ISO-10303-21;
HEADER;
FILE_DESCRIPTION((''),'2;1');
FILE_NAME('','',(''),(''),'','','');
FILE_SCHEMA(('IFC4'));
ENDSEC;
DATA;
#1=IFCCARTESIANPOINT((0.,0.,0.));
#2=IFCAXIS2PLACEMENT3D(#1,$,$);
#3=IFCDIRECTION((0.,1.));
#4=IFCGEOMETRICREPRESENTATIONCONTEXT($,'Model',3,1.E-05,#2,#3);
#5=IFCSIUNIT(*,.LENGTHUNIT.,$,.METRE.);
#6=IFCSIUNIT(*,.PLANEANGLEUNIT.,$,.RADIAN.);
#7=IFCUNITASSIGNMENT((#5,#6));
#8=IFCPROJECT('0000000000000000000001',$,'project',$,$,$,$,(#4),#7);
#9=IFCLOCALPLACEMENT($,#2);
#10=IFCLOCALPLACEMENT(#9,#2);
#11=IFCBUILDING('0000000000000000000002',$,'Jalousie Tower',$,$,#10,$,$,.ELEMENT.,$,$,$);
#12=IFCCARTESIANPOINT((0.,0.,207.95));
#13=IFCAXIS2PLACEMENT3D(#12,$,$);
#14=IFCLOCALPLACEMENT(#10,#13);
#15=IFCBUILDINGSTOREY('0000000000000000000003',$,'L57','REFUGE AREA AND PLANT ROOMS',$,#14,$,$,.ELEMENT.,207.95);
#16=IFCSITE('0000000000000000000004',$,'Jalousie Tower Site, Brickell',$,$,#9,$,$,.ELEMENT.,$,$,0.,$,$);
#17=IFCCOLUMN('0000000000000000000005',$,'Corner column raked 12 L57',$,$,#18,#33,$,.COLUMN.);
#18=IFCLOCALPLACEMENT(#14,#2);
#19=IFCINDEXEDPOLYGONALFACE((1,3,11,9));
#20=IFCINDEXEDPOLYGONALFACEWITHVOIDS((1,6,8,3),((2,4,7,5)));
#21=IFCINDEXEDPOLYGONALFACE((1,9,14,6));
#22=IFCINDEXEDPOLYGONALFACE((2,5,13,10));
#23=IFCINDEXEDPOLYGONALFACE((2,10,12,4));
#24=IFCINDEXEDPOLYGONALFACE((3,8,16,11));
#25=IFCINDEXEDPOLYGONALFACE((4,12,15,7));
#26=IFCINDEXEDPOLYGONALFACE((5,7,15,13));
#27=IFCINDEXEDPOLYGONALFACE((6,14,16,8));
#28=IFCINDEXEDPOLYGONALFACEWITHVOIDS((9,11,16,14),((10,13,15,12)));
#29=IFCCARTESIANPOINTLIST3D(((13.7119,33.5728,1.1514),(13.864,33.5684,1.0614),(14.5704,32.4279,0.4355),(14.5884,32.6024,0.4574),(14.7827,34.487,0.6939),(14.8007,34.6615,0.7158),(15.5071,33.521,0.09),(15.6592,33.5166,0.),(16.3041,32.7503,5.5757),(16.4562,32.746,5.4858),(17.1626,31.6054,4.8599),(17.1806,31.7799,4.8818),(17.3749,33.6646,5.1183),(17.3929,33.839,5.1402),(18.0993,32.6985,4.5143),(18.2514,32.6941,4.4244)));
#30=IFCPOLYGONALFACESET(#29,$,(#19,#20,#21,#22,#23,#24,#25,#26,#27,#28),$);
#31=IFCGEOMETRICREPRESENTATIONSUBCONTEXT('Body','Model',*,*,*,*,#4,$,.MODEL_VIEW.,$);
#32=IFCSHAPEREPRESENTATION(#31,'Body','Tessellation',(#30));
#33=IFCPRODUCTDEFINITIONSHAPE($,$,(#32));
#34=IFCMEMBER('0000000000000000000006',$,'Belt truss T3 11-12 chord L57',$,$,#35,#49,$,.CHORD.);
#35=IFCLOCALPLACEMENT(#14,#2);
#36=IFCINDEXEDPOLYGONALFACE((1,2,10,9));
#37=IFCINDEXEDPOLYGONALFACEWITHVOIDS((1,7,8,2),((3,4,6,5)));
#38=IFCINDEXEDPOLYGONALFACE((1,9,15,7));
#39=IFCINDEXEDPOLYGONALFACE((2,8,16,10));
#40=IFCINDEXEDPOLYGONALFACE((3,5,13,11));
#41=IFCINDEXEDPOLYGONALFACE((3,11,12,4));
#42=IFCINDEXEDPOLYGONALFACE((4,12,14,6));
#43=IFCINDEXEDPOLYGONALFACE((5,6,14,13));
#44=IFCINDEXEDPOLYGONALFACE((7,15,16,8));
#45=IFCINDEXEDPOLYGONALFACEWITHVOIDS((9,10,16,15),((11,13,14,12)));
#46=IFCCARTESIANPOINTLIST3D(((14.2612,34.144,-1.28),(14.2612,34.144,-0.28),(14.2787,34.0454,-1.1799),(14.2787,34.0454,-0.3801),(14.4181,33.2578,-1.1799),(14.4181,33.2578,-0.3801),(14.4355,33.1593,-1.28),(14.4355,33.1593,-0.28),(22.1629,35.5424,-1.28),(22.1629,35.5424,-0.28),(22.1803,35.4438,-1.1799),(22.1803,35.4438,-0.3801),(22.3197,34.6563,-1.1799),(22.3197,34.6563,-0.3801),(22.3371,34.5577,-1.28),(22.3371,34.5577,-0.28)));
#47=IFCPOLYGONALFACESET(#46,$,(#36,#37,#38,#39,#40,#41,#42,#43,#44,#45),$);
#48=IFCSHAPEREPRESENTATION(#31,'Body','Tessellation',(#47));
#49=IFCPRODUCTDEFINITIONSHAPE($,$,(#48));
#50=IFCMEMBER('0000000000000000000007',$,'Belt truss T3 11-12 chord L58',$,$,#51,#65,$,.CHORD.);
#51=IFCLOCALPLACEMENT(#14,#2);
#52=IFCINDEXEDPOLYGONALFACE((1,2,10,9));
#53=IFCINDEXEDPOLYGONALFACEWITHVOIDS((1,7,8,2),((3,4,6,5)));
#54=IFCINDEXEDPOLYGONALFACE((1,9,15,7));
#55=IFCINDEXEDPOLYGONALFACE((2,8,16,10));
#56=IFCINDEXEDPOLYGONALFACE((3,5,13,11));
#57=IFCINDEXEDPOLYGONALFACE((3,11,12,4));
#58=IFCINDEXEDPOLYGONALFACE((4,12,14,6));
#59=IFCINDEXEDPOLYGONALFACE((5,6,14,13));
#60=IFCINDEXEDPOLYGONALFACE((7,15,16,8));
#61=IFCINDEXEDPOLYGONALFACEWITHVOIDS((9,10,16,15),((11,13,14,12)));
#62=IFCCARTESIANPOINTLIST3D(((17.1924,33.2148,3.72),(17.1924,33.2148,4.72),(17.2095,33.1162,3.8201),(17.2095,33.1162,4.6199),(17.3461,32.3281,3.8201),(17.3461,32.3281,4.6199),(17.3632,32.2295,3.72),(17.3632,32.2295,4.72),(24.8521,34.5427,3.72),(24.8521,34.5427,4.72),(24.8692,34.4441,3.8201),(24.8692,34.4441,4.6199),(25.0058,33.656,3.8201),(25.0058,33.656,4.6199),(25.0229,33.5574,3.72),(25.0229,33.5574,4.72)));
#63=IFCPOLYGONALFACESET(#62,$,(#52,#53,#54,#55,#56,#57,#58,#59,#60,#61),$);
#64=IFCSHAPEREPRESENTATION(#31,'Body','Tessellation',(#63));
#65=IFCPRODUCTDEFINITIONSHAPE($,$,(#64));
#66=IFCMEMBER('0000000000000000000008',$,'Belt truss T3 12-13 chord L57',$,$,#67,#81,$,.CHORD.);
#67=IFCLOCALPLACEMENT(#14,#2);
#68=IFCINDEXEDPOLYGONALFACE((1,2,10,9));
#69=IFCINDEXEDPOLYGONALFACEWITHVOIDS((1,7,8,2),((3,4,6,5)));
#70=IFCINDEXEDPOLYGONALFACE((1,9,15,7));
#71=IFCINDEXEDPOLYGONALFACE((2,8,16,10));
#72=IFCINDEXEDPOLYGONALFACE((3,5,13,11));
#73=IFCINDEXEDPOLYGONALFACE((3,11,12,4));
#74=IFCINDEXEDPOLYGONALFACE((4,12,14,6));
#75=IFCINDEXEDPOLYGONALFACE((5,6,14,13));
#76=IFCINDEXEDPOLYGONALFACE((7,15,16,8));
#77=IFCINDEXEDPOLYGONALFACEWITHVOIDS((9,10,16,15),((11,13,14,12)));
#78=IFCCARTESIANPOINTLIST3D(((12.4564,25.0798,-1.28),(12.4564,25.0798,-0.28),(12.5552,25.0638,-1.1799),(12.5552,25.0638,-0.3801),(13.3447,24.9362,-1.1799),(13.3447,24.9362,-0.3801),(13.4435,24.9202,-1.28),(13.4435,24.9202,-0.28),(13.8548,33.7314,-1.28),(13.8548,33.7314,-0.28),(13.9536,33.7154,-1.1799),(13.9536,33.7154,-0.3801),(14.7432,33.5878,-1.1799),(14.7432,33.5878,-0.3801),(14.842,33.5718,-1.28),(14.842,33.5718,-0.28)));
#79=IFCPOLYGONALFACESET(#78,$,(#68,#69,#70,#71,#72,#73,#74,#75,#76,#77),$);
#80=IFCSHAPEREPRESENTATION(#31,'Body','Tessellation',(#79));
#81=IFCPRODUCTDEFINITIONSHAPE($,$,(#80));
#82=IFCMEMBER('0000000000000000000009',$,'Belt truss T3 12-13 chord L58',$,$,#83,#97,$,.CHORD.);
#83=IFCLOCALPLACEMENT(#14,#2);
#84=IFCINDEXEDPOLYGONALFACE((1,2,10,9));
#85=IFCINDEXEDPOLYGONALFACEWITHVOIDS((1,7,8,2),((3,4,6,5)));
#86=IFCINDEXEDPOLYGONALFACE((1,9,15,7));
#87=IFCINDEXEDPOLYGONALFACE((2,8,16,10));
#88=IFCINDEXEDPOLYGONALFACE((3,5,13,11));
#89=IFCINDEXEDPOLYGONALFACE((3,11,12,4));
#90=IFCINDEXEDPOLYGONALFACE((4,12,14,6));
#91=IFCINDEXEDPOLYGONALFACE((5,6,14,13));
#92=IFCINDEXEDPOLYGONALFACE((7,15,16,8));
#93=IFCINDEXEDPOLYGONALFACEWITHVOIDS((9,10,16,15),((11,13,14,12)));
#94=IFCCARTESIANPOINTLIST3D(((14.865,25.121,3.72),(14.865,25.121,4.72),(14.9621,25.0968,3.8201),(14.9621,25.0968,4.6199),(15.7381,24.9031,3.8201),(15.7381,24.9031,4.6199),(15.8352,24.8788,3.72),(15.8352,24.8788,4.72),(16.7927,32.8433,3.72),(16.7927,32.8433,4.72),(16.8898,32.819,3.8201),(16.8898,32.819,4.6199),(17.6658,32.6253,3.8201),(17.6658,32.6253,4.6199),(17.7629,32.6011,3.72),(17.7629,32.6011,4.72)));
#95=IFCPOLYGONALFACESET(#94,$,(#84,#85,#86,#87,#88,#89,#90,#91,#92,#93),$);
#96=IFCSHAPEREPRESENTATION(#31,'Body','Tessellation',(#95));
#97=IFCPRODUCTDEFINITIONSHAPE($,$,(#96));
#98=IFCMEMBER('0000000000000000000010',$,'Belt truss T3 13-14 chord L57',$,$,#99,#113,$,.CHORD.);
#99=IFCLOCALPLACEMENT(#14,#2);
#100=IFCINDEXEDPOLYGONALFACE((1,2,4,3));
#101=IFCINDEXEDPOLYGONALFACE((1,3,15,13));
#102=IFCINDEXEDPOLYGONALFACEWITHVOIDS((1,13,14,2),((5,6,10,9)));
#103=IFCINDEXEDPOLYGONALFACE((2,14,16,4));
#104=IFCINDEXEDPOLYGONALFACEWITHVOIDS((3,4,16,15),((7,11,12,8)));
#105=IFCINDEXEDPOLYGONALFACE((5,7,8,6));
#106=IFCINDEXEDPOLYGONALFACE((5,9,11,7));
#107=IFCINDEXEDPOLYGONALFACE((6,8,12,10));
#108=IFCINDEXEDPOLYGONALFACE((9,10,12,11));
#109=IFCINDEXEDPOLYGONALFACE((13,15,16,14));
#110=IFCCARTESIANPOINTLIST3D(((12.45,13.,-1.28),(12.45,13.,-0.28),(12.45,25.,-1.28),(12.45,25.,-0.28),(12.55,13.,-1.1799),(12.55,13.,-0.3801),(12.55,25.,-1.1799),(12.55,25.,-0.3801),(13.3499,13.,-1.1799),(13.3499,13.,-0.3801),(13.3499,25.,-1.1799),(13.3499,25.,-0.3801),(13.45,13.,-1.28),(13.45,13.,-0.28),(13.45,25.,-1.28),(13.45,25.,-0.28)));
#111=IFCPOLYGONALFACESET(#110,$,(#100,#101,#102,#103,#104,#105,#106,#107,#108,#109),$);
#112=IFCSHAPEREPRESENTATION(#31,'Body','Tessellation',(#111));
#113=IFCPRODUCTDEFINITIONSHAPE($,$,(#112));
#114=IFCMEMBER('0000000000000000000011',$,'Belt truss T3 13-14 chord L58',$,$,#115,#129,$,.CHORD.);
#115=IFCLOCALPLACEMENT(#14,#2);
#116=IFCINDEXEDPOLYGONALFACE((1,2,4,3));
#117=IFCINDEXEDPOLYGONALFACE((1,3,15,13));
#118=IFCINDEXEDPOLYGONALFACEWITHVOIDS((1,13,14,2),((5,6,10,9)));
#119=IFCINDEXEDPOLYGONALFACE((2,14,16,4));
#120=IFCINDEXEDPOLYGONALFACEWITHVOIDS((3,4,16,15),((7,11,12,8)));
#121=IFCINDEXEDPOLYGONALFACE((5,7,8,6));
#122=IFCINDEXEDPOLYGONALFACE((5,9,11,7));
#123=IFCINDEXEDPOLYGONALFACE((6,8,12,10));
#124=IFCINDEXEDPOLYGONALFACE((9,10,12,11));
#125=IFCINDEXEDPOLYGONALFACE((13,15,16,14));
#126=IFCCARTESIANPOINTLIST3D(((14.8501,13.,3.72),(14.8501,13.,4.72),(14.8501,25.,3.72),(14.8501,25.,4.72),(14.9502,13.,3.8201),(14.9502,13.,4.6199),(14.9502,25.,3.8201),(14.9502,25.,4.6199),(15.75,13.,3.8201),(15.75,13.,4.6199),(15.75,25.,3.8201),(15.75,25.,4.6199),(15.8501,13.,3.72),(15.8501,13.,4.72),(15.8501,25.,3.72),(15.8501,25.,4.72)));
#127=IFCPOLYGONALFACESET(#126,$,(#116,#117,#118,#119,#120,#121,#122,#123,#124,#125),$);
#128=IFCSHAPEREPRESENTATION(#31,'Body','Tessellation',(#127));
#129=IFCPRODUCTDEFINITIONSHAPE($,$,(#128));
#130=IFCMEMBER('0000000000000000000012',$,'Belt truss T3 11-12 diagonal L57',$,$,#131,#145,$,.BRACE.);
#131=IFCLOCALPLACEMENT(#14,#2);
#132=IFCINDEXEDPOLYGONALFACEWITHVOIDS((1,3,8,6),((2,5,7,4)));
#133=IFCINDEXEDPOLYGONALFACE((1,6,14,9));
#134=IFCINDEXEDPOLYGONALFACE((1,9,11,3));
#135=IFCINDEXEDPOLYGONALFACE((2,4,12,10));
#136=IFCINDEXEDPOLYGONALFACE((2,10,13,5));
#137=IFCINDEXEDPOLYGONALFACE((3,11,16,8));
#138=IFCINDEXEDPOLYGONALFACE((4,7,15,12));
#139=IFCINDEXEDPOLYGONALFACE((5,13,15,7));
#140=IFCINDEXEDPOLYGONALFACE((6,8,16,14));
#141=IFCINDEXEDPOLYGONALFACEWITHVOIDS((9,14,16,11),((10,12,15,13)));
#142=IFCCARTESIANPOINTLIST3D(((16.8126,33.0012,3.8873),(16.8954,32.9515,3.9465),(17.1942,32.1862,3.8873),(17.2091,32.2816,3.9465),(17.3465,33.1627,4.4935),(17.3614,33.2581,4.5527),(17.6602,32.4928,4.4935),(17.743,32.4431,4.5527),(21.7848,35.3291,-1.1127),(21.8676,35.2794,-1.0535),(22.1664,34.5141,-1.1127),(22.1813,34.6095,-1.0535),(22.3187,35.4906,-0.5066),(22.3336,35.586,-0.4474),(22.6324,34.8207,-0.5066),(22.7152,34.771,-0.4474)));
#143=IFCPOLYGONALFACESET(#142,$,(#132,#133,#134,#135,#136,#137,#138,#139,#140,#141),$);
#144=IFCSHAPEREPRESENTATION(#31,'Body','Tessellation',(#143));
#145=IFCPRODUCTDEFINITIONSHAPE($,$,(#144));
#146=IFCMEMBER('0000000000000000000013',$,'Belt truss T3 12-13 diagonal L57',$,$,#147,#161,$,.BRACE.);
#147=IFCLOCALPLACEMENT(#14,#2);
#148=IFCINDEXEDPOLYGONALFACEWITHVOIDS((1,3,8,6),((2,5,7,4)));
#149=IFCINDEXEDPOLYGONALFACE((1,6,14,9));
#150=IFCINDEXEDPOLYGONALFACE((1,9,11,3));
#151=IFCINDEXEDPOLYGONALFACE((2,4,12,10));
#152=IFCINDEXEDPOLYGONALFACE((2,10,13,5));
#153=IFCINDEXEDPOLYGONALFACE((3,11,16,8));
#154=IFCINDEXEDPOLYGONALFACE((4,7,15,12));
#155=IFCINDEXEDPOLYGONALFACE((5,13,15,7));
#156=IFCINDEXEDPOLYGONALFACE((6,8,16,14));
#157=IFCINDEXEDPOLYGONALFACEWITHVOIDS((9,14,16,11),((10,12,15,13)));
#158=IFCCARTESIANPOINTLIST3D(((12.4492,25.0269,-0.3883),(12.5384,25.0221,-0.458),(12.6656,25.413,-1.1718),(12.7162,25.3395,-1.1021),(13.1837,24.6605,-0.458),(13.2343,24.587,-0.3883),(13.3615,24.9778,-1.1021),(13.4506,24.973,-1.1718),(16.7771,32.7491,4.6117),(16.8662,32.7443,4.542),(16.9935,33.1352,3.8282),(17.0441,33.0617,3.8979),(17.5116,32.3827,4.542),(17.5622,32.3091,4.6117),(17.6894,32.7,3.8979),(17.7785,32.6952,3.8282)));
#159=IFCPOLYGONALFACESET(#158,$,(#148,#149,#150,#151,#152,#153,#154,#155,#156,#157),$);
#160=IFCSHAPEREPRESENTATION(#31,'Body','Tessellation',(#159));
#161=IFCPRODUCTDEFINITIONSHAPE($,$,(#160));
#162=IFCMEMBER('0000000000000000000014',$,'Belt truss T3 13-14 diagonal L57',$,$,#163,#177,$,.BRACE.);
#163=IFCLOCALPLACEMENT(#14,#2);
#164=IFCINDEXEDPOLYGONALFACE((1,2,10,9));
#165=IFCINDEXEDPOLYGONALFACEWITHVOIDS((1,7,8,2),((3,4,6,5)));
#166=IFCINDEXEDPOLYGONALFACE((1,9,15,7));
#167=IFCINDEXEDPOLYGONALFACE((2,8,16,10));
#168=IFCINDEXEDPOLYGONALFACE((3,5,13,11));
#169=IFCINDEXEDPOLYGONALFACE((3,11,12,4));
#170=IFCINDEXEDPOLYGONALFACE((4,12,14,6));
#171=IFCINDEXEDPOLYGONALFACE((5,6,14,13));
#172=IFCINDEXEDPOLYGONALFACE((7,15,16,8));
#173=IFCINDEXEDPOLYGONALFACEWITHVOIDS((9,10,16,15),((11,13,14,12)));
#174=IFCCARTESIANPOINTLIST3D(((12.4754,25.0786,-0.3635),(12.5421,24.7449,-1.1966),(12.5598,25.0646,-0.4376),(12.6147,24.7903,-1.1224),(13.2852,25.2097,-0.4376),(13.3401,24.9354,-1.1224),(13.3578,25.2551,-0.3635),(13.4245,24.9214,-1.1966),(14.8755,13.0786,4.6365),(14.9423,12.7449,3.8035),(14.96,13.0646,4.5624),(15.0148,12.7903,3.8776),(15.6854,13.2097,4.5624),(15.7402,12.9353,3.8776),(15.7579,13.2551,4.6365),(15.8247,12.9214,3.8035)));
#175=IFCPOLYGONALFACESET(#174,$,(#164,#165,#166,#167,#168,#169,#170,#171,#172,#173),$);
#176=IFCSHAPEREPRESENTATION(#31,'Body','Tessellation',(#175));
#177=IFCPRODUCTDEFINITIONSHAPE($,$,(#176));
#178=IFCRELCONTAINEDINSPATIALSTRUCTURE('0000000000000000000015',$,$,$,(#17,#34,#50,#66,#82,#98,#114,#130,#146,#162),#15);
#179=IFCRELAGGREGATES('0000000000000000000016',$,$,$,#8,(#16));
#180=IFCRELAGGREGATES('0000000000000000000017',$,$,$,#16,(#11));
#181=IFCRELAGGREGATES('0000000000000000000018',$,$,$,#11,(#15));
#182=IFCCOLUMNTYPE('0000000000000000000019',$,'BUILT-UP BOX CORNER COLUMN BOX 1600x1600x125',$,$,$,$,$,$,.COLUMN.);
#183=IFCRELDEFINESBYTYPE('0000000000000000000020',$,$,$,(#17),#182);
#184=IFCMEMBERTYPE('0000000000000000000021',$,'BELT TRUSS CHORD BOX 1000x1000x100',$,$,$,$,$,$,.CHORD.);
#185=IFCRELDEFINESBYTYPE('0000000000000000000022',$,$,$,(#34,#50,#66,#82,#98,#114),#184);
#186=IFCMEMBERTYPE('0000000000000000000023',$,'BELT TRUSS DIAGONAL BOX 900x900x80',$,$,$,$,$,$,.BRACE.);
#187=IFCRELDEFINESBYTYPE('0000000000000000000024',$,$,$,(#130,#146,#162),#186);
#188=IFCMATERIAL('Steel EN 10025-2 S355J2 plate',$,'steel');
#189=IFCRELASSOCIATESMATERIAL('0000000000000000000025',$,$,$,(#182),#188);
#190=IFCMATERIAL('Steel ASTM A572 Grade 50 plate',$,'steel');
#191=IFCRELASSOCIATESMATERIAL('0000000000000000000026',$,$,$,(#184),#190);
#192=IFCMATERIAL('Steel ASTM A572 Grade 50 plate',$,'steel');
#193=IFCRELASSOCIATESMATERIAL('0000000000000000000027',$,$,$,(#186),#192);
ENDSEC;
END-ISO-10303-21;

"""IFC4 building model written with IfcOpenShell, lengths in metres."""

from ifc_helpers import new_model, si_unit, direction, frame, origin, origin_2d, place, context, subcontext, project, spatial, hollow_rectangle, extrude, material, material_profile, profile_set, type_object, element, save


model = new_model("IFC4")

# Units and contexts
model_context = context("Model", 3, precision=1e-05, world=origin(), true_north=direction((0.0, 1.0)))
body_context = subcontext(model_context, "Body", "Model", "MODEL_VIEW")
ifc_project = project(units=[si_unit("LENGTHUNIT", "METRE"), si_unit("PLANEANGLEUNIT", "RADIAN")], contexts=[model_context])

# Site, building, storey
site_placement = place(None, origin())
site = spatial("IfcSite", under=ifc_project, at=site_placement, Name="Jalousie Tower Site, Brickell", CompositionType="ELEMENT", RefElevation=0.0)
building_placement = place(site_placement, origin())
building = spatial("IfcBuilding", under=site, at=building_placement, Name="Jalousie Tower", CompositionType="ELEMENT")
storey_placement = place(building_placement, frame((0.0, 0.0, 207.95)))
storey = spatial("IfcBuildingStorey", under=building, at=storey_placement, Name="L57", Description="REFUGE AREA AND PLANT ROOMS", CompositionType="ELEMENT", Elevation=207.95)

# Column
ifc_material_1 = material(Name="Steel EN 10025-2 S355J2 plate", Category="steel")
ifc_material_profile_1 = material_profile(ifc_material_1, hollow_rectangle(XDim=1.6001, YDim=1.6001, WallThickness=0.125, at=origin_2d()), Name="BOX 1600x1600x125")
ifc_profile_set_1 = profile_set([ifc_material_profile_1], Name="Steel EN 10025-2 S355J2 plate")
column_type = type_object("IfcColumnType", Name="BUILT-UP BOX CORNER COLUMN BOX 1600x1600x125", PredefinedType="COLUMN", material=ifc_profile_set_1)
column_placement = place(storey_placement, frame((14.6855, 33.5447, 0.5757), z_axis=(0.499136, -0.158364, 0.85193), x_axis=(0.536544, -0.715532, -0.447364)))
element("IfcColumn", 1, at=column_placement, inside=storey, type_object=column_type, Name="Corner column raked 12 L57", PredefinedType="COLUMN", context=body_context, shape_type="SweptSolid", body=[
    extrude(hollow_rectangle(XDim=1.6001, YDim=1.6001, WallThickness=0.125, at=origin_2d()), origin(), (0.0, 0.0, 1.0), 5.1934),
])

# Members
ifc_material_2 = material(Name="Steel ASTM A572 Grade 50 plate", Category="steel")
ifc_material_profile_2 = material_profile(ifc_material_2, hollow_rectangle(XDim=1.0, YDim=1.0, WallThickness=0.1001, at=origin_2d()), Name="BOX 1000x1000x100")
ifc_profile_set_2 = profile_set([ifc_material_profile_2], Name="Steel ASTM A572 Grade 50 plate")
member_type_1 = type_object("IfcMemberType", Name="BELT TRUSS CHORD BOX 1000x1000x100", PredefinedType="CHORD", material=ifc_profile_set_2)
member_1_placement = place(storey_placement, frame((22.25, 35.05, -0.78), z_axis=(-0.984697, -0.174273, 0.0), x_axis=(0.174273, -0.984697, 0.0)))
element("IfcMember", 2, at=member_1_placement, inside=storey, type_object=member_type_1, Name="Belt truss T3 11-12 chord L57", PredefinedType="CHORD", context=body_context, shape_type="SweptSolid", body=[
    extrude(hollow_rectangle(XDim=1.0, YDim=1.0, WallThickness=0.1001, at=origin_2d()), origin(), (0.0, 0.0, 1.0), 8.0244),
])
member_2_placement = place(storey_placement, frame((24.9375, 34.05, 4.22), z_axis=(-0.985304, -0.170812, 0.0), x_axis=(0.170812, -0.985304, 0.0)))
element("IfcMember", 3, at=member_2_placement, inside=storey, type_object=member_type_1, Name="Belt truss T3 11-12 chord L58", PredefinedType="CHORD", context=body_context, shape_type="SweptSolid", body=[
    extrude(hollow_rectangle(XDim=1.0, YDim=1.0, WallThickness=0.1001, at=origin_2d()), origin(), (0.0, 0.0, 1.0), 7.7739),
])
member_3_placement = place(storey_placement, frame((14.3484, 33.6516, -0.78), z_axis=(-0.159568, -0.987187, 0.0), x_axis=(0.987187, -0.159568, 0.0)))
element("IfcMember", 4, at=member_3_placement, inside=storey, type_object=member_type_1, Name="Belt truss T3 12-13 chord L57", PredefinedType="CHORD", context=body_context, shape_type="SweptSolid", body=[
    extrude(hollow_rectangle(XDim=1.0, YDim=1.0, WallThickness=0.1001, at=origin_2d()), origin(), (0.0, 0.0, 1.0), 8.7639),
])
member_4_placement = place(storey_placement, frame((17.2778, 32.7222, 4.22), z_axis=(-0.242204, -0.970225, 0.0), x_axis=(0.970225, -0.242204, 0.0)))
element("IfcMember", 5, at=member_4_placement, inside=storey, type_object=member_type_1, Name="Belt truss T3 12-13 chord L58", PredefinedType="CHORD", context=body_context, shape_type="SweptSolid", body=[
    extrude(hollow_rectangle(XDim=1.0, YDim=1.0, WallThickness=0.1001, at=origin_2d()), origin(), (0.0, 0.0, 1.0), 7.9592),
])
for number, where, z_axis, x_axis, name in (
    (6, (12.95, 25.0, -0.78), (0.0, -1.0, 0.0), (1.0, 0.0, 0.0), "Belt truss T3 13-14 chord L57"),
    (7, (15.3501, 25.0, 4.22), (0.0, -1.0, 0.0), (1.0, 0.0, 0.0), "Belt truss T3 13-14 chord L58"),
):
    element("IfcMember", number, at=place(storey_placement, frame(where, z_axis=z_axis, x_axis=x_axis)), inside=storey, type_object=member_type_1, Name=name, PredefinedType="CHORD", context=body_context, shape_type="SweptSolid", body=[
        extrude(hollow_rectangle(XDim=1.0, YDim=1.0, WallThickness=0.1001, at=origin_2d()), origin(), (0.0, 0.0, 1.0), 12.0),
    ])
ifc_material_3 = material(Name="Steel ASTM A572 Grade 50 plate", Category="steel")
ifc_material_profile_3 = material_profile(ifc_material_3, hollow_rectangle(XDim=0.8999, YDim=0.8999, WallThickness=0.0801, at=origin_2d()), Name="BOX 900x900x80")
ifc_profile_set_3 = profile_set([ifc_material_profile_3], Name="Steel ASTM A572 Grade 50 plate")
member_type_2 = type_object("IfcMemberType", Name="BELT TRUSS DIAGONAL BOX 900x900x80", PredefinedType="BRACE", material=ifc_profile_set_3)
member_5_placement = place(storey_placement, frame((22.25, 35.05, -0.78), z_axis=(-0.669586, -0.313488, 0.673334), x_axis=(0.424012, -0.905656, 0.0)))
element("IfcMember", 8, at=member_5_placement, inside=storey, type_object=member_type_2, Name="Belt truss T3 11-12 diagonal L57", PredefinedType="BRACE", context=body_context, shape_type="SweptSolid", body=[
    extrude(hollow_rectangle(XDim=0.8999, YDim=0.8999, WallThickness=0.0801, at=origin_2d()), origin(), (0.0, 0.0, 1.0), 7.4258),
])
member_6_placement = place(storey_placement, frame((17.2778, 32.7222, 4.22), z_axis=(-0.42569, -0.759553, -0.4918), x_axis=(0.872339, -0.488901, 0.0)))
element("IfcMember", 9, at=member_6_placement, inside=storey, type_object=member_type_2, Name="Belt truss T3 12-13 diagonal L57", PredefinedType="BRACE", context=body_context, shape_type="SweptSolid", body=[
    extrude(hollow_rectangle(XDim=0.8999, YDim=0.8999, WallThickness=0.0801, at=origin_2d()), origin(), (0.0, 0.0, 1.0), 10.1667),
])
member_7_placement = place(storey_placement, frame((12.95, 25.0, -0.78), z_axis=(0.181558, -0.907736, 0.378223), x_axis=(0.980578, 0.196128, 0.0)))
element("IfcMember", 10, at=member_7_placement, inside=storey, type_object=member_type_2, Name="Belt truss T3 13-14 diagonal L57", PredefinedType="BRACE", context=body_context, shape_type="SweptSolid", body=[
    extrude(hollow_rectangle(XDim=0.8999, YDim=0.8999, WallThickness=0.0801, at=origin_2d()), origin(), (0.0, 0.0, 1.0), 13.2197),
])

save(model, "model.ifc")
